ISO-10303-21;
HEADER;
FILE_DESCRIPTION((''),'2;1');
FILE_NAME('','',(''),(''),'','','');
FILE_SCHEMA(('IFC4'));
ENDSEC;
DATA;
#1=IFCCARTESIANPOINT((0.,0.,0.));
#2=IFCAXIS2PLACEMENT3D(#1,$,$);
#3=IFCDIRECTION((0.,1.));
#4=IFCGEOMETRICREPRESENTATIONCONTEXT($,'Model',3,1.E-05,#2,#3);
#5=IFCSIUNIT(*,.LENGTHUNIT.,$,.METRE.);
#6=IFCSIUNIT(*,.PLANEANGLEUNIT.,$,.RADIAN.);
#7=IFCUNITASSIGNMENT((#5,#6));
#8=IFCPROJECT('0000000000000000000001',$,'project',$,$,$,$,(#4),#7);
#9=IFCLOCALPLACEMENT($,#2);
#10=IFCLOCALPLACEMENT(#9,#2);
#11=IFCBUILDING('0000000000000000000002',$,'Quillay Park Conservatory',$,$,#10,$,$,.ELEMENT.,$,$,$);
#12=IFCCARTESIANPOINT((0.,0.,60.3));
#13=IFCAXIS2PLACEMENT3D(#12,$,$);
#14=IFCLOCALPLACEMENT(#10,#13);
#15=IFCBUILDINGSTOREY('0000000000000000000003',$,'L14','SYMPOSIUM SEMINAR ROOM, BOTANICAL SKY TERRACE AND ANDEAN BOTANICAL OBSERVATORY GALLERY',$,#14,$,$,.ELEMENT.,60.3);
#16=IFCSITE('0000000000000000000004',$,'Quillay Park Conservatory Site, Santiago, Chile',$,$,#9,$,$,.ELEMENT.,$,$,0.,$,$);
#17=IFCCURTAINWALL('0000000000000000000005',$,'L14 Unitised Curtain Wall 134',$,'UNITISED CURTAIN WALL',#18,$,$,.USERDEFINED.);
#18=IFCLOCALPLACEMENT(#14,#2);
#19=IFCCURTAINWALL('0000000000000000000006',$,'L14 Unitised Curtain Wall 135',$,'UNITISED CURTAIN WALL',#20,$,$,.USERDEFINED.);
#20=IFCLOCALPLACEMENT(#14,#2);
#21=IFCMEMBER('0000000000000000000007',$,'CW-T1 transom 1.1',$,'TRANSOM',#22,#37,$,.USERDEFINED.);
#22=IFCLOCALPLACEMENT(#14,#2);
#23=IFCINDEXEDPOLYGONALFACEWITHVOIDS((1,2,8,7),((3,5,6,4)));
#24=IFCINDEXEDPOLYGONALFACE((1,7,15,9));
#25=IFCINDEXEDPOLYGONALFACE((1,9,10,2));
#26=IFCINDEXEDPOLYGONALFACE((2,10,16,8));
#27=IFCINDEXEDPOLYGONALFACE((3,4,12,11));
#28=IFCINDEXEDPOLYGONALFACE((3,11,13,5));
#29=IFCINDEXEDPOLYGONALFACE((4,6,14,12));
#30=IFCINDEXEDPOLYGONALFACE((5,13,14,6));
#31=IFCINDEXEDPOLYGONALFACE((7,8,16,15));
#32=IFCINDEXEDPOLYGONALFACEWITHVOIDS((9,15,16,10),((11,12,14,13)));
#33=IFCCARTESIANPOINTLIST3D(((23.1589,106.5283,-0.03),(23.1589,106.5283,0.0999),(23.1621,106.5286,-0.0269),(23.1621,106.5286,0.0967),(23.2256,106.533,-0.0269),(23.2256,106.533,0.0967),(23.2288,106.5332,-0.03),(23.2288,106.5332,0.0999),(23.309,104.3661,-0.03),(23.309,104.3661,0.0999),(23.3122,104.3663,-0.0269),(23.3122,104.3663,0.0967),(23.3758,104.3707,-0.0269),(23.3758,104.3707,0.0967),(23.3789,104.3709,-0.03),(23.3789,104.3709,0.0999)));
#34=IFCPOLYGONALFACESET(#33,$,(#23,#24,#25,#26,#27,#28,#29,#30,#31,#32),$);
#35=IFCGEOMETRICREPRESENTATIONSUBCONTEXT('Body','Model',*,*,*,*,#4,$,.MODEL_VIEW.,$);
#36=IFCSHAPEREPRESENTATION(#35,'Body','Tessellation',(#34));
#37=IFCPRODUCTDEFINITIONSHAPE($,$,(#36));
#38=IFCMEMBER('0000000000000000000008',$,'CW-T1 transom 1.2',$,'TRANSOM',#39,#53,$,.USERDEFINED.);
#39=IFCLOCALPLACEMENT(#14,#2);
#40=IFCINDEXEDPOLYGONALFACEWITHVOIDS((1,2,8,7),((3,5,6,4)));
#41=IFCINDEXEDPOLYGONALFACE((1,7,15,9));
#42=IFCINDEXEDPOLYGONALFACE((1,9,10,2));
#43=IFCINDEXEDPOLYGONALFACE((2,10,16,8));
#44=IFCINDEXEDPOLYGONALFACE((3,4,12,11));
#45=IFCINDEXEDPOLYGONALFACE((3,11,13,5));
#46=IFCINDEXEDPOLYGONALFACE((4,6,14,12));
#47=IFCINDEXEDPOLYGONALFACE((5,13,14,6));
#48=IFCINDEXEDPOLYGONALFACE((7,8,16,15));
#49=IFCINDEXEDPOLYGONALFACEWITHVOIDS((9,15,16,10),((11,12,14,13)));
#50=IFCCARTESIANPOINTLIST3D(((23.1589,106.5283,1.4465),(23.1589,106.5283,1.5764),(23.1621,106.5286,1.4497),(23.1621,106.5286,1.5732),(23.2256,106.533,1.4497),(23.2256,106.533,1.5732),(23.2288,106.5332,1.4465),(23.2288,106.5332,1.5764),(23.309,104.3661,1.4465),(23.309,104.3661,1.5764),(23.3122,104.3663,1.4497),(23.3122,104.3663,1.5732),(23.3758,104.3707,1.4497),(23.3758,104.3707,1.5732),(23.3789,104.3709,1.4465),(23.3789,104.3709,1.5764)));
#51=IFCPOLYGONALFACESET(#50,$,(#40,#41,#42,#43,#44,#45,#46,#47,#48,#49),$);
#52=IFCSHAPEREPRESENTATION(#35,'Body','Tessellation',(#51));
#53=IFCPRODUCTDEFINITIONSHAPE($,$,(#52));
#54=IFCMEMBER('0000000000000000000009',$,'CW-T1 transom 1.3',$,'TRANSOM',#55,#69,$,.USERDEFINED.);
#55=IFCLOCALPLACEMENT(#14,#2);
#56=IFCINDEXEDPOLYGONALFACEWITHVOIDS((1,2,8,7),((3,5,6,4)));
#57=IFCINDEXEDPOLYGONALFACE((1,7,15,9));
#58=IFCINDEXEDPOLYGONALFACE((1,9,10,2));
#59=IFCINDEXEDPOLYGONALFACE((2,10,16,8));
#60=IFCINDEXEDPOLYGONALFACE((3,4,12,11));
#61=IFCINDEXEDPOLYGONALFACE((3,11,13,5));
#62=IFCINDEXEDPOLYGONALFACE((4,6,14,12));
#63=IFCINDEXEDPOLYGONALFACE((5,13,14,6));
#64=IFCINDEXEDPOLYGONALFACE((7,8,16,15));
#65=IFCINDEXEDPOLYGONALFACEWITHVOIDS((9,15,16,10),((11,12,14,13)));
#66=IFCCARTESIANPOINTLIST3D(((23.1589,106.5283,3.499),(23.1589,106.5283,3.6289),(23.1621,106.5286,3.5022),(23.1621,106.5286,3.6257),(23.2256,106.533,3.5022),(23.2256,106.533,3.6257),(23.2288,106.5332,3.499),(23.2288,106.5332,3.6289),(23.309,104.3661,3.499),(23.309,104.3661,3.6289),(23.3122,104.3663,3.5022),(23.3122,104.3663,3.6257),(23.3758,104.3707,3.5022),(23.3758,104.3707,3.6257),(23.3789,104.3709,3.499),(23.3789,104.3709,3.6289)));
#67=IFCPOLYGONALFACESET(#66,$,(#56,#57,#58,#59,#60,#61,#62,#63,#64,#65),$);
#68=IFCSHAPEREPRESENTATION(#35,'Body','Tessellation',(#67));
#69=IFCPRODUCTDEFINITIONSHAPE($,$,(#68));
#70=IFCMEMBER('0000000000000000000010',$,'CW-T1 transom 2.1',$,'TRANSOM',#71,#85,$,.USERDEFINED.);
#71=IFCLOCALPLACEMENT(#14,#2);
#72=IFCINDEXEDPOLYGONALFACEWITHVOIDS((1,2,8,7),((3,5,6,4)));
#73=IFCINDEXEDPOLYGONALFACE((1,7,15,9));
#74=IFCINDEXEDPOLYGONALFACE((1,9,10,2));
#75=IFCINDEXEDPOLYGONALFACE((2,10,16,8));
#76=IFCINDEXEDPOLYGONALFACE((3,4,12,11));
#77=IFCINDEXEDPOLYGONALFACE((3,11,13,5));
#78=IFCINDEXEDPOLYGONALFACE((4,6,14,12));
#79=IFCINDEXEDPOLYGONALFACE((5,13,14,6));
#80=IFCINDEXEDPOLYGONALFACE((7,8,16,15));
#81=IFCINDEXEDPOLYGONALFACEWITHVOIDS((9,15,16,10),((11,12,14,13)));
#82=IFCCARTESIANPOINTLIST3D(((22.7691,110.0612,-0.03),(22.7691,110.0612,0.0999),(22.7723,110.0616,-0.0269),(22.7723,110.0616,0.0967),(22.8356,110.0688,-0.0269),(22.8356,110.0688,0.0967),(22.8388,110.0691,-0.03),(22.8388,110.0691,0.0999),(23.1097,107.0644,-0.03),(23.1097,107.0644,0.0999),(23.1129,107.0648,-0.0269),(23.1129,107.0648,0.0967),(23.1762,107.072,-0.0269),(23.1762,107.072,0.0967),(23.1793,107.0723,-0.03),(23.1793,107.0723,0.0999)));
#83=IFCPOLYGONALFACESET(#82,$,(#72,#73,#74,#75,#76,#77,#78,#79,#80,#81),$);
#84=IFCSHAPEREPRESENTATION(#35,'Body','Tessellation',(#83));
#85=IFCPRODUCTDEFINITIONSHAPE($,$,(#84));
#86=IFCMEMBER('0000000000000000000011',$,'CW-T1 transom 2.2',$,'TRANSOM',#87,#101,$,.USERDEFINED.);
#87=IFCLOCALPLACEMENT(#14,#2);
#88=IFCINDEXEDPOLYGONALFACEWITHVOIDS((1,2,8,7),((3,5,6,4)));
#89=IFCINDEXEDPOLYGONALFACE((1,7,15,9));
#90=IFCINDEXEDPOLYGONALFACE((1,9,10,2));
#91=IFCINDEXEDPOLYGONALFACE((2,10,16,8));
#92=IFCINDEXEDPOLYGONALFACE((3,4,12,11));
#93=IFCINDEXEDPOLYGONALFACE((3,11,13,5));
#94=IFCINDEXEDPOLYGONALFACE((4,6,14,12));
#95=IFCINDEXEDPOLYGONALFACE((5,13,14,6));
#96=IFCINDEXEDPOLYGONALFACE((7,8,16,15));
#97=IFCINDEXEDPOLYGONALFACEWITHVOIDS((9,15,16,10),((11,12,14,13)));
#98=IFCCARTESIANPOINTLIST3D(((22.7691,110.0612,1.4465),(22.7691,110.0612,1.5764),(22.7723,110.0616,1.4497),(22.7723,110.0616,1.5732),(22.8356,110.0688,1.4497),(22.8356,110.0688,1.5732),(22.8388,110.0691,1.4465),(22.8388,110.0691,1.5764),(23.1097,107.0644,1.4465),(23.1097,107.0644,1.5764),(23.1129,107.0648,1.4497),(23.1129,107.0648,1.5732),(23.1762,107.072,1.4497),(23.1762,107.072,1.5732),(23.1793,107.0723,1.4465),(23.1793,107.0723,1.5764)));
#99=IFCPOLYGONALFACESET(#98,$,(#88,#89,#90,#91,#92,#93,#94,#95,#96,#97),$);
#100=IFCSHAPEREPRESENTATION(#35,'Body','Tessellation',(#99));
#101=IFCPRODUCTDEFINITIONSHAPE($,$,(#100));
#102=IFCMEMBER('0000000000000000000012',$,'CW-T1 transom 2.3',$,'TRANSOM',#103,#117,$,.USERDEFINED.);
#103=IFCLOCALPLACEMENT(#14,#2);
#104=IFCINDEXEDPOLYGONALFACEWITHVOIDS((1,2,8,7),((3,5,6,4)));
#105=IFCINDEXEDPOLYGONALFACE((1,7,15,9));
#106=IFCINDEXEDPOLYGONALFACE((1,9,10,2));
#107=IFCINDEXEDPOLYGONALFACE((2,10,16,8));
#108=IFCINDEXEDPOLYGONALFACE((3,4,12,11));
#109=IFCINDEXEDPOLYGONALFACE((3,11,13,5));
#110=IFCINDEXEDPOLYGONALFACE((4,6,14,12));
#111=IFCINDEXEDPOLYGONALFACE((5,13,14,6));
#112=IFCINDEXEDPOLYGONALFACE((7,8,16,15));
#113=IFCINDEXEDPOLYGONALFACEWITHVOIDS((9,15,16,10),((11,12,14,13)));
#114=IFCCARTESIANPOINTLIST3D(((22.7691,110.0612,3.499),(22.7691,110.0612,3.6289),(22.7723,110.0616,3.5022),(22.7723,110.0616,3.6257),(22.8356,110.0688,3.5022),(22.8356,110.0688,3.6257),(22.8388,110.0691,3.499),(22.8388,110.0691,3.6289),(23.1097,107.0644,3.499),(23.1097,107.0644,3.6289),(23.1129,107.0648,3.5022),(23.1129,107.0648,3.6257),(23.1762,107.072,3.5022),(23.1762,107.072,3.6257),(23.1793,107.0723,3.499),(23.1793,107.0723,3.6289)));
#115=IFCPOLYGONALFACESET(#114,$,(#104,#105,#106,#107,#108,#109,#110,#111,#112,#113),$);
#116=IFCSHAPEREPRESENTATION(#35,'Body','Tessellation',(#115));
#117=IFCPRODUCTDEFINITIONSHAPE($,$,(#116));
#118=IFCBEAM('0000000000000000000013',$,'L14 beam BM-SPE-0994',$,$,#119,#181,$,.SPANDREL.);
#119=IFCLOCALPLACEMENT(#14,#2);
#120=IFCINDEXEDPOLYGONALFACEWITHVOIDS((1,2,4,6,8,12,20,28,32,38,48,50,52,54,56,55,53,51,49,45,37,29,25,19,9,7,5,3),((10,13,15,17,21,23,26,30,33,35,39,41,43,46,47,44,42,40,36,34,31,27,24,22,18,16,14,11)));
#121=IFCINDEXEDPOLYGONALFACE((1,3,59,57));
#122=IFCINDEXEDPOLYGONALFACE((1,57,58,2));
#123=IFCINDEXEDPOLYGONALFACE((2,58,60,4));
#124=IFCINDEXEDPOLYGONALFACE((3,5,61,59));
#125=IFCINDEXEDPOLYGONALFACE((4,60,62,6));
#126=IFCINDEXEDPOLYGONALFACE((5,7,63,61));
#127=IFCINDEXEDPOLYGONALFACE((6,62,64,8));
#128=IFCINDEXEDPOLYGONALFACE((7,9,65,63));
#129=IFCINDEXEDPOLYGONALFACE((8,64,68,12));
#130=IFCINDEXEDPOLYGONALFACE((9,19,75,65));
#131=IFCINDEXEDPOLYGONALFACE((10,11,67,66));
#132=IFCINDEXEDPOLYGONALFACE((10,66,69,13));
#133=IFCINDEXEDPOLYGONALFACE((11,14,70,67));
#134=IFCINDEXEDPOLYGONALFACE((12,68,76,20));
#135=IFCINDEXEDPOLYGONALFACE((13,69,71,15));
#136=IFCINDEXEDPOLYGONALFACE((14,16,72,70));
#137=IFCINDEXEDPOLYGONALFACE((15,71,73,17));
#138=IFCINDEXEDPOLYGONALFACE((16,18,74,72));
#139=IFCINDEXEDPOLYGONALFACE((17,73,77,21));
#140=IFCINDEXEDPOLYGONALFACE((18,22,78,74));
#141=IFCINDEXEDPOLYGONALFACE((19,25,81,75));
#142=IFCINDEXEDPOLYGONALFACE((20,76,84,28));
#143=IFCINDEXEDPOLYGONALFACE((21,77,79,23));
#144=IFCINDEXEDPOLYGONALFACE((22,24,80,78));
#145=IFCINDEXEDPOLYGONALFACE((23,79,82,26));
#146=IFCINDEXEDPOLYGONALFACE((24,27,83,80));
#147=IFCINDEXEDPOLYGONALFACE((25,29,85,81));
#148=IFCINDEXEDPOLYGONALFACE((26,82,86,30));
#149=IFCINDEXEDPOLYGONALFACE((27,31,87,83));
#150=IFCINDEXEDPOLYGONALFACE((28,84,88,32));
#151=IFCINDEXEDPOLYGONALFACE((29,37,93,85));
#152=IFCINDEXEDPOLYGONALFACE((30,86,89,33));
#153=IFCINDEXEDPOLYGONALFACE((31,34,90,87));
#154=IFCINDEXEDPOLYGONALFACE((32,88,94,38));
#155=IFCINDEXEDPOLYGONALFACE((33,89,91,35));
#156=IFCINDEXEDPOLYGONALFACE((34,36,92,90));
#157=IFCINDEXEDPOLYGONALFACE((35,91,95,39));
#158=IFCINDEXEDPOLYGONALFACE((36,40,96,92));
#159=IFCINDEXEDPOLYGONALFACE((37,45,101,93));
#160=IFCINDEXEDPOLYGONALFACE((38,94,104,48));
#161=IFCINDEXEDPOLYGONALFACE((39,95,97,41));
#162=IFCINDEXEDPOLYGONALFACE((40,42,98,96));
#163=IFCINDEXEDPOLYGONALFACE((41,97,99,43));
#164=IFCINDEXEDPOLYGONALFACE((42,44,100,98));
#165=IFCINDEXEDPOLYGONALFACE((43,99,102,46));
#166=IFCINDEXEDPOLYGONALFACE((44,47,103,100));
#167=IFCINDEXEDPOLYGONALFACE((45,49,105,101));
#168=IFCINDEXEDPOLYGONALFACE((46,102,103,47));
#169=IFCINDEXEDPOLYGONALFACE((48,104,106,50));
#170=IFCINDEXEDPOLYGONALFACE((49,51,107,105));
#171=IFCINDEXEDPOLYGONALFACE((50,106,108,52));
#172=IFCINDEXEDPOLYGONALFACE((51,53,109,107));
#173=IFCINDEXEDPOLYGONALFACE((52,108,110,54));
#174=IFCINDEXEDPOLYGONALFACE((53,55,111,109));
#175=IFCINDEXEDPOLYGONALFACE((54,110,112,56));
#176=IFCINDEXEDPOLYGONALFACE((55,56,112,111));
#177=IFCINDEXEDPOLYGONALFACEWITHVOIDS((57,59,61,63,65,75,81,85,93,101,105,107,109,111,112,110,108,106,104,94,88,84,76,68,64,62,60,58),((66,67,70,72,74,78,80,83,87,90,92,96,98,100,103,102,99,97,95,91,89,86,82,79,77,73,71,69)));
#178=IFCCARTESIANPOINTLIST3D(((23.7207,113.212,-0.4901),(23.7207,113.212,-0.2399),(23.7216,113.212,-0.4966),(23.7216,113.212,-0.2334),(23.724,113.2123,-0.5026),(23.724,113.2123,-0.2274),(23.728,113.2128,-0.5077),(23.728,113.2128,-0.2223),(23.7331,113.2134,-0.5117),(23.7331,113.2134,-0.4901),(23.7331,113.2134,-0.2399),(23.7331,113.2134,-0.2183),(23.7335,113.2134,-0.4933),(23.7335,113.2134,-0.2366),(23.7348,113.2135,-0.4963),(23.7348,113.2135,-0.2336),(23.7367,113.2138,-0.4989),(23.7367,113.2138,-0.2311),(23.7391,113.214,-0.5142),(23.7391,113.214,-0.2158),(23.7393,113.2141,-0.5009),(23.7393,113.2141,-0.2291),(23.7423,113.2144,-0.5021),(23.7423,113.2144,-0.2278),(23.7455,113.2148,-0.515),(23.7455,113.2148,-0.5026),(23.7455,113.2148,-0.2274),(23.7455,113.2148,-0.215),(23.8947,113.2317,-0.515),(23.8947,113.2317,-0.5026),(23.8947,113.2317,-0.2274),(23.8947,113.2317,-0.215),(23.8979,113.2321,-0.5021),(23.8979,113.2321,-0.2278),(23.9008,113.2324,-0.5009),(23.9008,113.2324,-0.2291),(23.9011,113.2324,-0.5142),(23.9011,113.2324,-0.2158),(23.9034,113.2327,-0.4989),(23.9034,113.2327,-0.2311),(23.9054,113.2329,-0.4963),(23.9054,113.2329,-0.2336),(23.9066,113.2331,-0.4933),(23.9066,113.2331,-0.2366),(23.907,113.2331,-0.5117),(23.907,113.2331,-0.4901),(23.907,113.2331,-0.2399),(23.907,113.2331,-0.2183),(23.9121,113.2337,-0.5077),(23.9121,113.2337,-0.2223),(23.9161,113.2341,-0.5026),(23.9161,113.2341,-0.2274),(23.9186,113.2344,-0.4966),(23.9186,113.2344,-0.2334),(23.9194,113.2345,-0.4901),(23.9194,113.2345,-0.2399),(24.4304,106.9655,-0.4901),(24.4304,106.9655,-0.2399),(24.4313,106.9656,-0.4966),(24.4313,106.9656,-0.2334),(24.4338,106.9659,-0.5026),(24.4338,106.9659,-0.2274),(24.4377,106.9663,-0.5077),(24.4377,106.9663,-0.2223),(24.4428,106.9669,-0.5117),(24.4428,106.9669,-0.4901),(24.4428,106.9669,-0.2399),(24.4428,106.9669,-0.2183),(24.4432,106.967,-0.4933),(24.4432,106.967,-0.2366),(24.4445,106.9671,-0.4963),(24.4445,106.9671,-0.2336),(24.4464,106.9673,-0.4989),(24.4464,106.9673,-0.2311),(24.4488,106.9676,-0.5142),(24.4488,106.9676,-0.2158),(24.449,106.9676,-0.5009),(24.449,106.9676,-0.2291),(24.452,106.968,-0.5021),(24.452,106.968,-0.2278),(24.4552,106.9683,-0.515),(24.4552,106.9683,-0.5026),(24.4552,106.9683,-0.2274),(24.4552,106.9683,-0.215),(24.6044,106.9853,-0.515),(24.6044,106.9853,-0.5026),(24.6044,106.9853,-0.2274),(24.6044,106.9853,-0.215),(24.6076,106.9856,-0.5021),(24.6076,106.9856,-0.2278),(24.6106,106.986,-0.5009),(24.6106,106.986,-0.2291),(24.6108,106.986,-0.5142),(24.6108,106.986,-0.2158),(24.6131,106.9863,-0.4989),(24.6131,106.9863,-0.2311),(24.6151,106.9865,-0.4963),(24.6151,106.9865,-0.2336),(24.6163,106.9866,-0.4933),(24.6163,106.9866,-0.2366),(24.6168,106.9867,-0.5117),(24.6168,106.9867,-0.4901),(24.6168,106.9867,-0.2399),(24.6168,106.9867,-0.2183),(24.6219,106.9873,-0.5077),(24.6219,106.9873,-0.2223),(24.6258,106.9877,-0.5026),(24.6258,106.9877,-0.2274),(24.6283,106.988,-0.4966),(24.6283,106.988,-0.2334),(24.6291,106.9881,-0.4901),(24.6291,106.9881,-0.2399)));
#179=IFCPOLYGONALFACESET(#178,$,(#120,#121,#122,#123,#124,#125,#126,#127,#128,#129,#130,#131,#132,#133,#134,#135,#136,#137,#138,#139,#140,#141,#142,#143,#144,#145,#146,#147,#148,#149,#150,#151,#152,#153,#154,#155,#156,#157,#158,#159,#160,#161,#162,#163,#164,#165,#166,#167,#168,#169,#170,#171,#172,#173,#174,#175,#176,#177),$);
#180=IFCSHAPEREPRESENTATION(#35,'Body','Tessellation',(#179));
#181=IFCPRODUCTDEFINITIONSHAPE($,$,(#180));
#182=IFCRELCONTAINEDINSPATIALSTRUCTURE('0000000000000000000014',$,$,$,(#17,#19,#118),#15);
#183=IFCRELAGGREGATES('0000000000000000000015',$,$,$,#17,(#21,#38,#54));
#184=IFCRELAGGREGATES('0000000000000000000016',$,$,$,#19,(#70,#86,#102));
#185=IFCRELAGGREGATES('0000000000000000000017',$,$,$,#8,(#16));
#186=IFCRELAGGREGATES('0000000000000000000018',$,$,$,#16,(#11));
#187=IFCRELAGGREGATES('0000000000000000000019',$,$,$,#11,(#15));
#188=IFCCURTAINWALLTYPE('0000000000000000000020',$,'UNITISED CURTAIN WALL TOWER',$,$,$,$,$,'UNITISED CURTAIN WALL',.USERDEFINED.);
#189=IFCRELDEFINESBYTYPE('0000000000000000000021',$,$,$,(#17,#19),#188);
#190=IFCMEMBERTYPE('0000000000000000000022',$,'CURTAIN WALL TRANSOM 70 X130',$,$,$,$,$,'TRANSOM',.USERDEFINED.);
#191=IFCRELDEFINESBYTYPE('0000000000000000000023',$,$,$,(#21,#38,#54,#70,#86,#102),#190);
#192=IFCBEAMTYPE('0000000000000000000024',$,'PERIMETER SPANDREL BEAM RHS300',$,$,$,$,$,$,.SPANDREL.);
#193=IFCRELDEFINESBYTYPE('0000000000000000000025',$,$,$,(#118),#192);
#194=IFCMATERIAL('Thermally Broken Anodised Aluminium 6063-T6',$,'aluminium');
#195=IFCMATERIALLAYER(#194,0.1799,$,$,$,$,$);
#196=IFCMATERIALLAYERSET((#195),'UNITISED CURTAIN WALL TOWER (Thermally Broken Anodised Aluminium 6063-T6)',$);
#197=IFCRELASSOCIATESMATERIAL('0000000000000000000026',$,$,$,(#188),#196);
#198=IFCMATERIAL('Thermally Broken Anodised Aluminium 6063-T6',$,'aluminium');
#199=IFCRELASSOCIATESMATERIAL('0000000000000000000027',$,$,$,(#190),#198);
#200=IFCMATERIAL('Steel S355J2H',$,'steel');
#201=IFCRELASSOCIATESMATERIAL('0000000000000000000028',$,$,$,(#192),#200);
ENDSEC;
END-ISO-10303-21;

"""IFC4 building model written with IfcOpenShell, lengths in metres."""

from ifc_helpers import new_model, si_unit, direction, frame, origin, origin_2d, place, context, subcontext, project, spatial, hollow_rectangle, extrude, material, layer, layer_set, material_profile, profile_set, type_object, element, aggregate, save


model = new_model("IFC4")

# Units and contexts
model_context = context("Model", 3, precision=1e-05, world=origin(), true_north=direction((0.0, 1.0)))
body_context = subcontext(model_context, "Body", "Model", "MODEL_VIEW")
ifc_project = project(units=[si_unit("LENGTHUNIT", "METRE"), si_unit("PLANEANGLEUNIT", "RADIAN")], contexts=[model_context])

# Site, building, storey
site_placement = place(None, origin())
site = spatial("IfcSite", under=ifc_project, at=site_placement, Name="Quillay Park Conservatory Site, Santiago, Chile", CompositionType="ELEMENT", RefElevation=0.0)
building_placement = place(site_placement, origin())
building = spatial("IfcBuilding", under=site, at=building_placement, Name="Quillay Park Conservatory", CompositionType="ELEMENT")
storey_placement = place(building_placement, frame((0.0, 0.0, 60.3)))
storey = spatial("IfcBuildingStorey", under=building, at=storey_placement, Name="L14", Description="SYMPOSIUM SEMINAR ROOM, BOTANICAL SKY TERRACE AND ANDEAN BOTANICAL OBSERVATORY GALLERY", CompositionType="ELEMENT", Elevation=60.3)

# Curtain walls
ifc_material_1 = material(Name="Thermally Broken Anodised Aluminium 6063-T6", Category="aluminium")
ifc_layer_1 = layer(ifc_material_1, 0.1799)
ifc_layer_set_1 = layer_set([ifc_layer_1], Name="UNITISED CURTAIN WALL TOWER (Thermally Broken Anodised Aluminium 6063-T6)")
curtain_wall_type = type_object("IfcCurtainWallType", Name="UNITISED CURTAIN WALL TOWER", ElementType="UNITISED CURTAIN WALL", PredefinedType="USERDEFINED", material=ifc_layer_set_1)
curtain_wall_1_placement = place(storey_placement, origin())
curtain_wall_1 = element("IfcCurtainWall", 1, at=curtain_wall_1_placement, inside=storey, type_object=curtain_wall_type, Name="L14 Unitised Curtain Wall 134", ObjectType="UNITISED CURTAIN WALL", PredefinedType="USERDEFINED")
curtain_wall_2_placement = place(storey_placement, origin())
curtain_wall_2 = element("IfcCurtainWall", 2, at=curtain_wall_2_placement, inside=storey, type_object=curtain_wall_type, Name="L14 Unitised Curtain Wall 135", ObjectType="UNITISED CURTAIN WALL", PredefinedType="USERDEFINED")

# Members
ifc_material_2 = material(Name="Thermally Broken Anodised Aluminium 6063-T6", Category="aluminium")
ifc_material_profile_1 = material_profile(ifc_material_2, hollow_rectangle(XDim=0.0701, YDim=0.1299, WallThickness=0.0032, at=origin_2d()), Name="AL70x130x3.2")
ifc_profile_set_1 = profile_set([ifc_material_profile_1], Name="Thermally Broken Anodised Aluminium 6063-T6")
member_type_1 = type_object("IfcMemberType", Name="CURTAIN WALL TRANSOM 70 X130", ElementType="TRANSOM", PredefinedType="USERDEFINED", material=ifc_profile_set_1)
member_1_placement = place(storey_placement, frame((23.1938, 106.5308, 0.0349), z_axis=(0.06927, -0.997598, 0.0), x_axis=(0.997598, 0.06927, 0.0)))
member_1 = element("IfcMember", 3, at=member_1_placement, type_object=member_type_1, Name="CW-T1 transom 1.1", ObjectType="TRANSOM", PredefinedType="USERDEFINED", context=body_context, shape_type="SweptSolid", body=[
    extrude(hollow_rectangle(XDim=0.0701, YDim=0.1299, WallThickness=0.0032, at=origin_2d()), origin(), (0.0, 0.0, 1.0), 2.1675),
])
member_2_placement = place(storey_placement, frame((23.1938, 106.5308, 1.5115), z_axis=(0.06927, -0.997598, 0.0), x_axis=(0.997598, 0.06927, 0.0)))
member_2 = element("IfcMember", 4, at=member_2_placement, type_object=member_type_1, Name="CW-T1 transom 1.2", ObjectType="TRANSOM", PredefinedType="USERDEFINED", context=body_context, shape_type="SweptSolid", body=[
    extrude(hollow_rectangle(XDim=0.0701, YDim=0.1299, WallThickness=0.0032, at=origin_2d()), origin(), (0.0, 0.0, 1.0), 2.1675),
])
member_3_placement = place(storey_placement, frame((23.1938, 106.5308, 3.564), z_axis=(0.06927, -0.997598, 0.0), x_axis=(0.997598, 0.06927, 0.0)))
member_3 = element("IfcMember", 5, at=member_3_placement, type_object=member_type_1, Name="CW-T1 transom 1.3", ObjectType="TRANSOM", PredefinedType="USERDEFINED", context=body_context, shape_type="SweptSolid", body=[
    extrude(hollow_rectangle(XDim=0.0701, YDim=0.1299, WallThickness=0.0032, at=origin_2d()), origin(), (0.0, 0.0, 1.0), 2.1675),
])
member_4_placement = place(storey_placement, frame((22.804, 110.0652, 0.0349), z_axis=(0.112919, -0.993604, 0.0), x_axis=(0.993604, 0.112919, 0.0)))
member_4 = element("IfcMember", 6, at=member_4_placement, type_object=member_type_1, Name="CW-T1 transom 2.1", ObjectType="TRANSOM", PredefinedType="USERDEFINED", context=body_context, shape_type="SweptSolid", body=[
    extrude(hollow_rectangle(XDim=0.0701, YDim=0.1299, WallThickness=0.0032, at=origin_2d()), origin(), (0.0, 0.0, 1.0), 3.0161),
])
member_5_placement = place(storey_placement, frame((22.804, 110.0652, 1.5115), z_axis=(0.112919, -0.993604, 0.0), x_axis=(0.993604, 0.112919, 0.0)))
member_5 = element("IfcMember", 7, at=member_5_placement, type_object=member_type_1, Name="CW-T1 transom 2.2", ObjectType="TRANSOM", PredefinedType="USERDEFINED", context=body_context, shape_type="SweptSolid", body=[
    extrude(hollow_rectangle(XDim=0.0701, YDim=0.1299, WallThickness=0.0032, at=origin_2d()), origin(), (0.0, 0.0, 1.0), 3.0161),
])
member_6_placement = place(storey_placement, frame((22.804, 110.0652, 3.564), z_axis=(0.112919, -0.993604, 0.0), x_axis=(0.993604, 0.112919, 0.0)))
member_6 = element("IfcMember", 8, at=member_6_placement, type_object=member_type_1, Name="CW-T1 transom 2.3", ObjectType="TRANSOM", PredefinedType="USERDEFINED", context=body_context, shape_type="SweptSolid", body=[
    extrude(hollow_rectangle(XDim=0.0701, YDim=0.1299, WallThickness=0.0032, at=origin_2d()), origin(), (0.0, 0.0, 1.0), 3.0161),
])

# Beam
ifc_material_3 = material(Name="Steel S355J2H", Category="steel")
ifc_material_profile_2 = material_profile(ifc_material_3, hollow_rectangle(XDim=0.2, YDim=0.3, WallThickness=0.0125, InnerFilletRadius=0.0125, OuterFilletRadius=0.0249, at=origin_2d()), Name="RHS300x200x12.5")
ifc_profile_set_2 = profile_set([ifc_material_profile_2], Name="Steel S355J2H")
beam_type_1 = type_object("IfcBeamType", Name="PERIMETER SPANDREL BEAM RHS300", PredefinedType="SPANDREL", material=ifc_profile_set_2)
beam_1_placement = place(storey_placement, frame((24.5298, 106.9768, -0.365), z_axis=(-0.112895, 0.993607, 0.0), x_axis=(-0.993607, -0.112895, 0.0)))
element("IfcBeam", 9, at=beam_1_placement, inside=storey, type_object=beam_type_1, Name="L14 beam BM-SPE-0994", PredefinedType="SPANDREL", context=body_context, shape_type="SweptSolid", body=[
    extrude(hollow_rectangle(XDim=0.2, YDim=0.3, WallThickness=0.0125, InnerFilletRadius=0.0125, OuterFilletRadius=0.0249, at=origin_2d()), origin(), (0.0, 0.0, 1.0), 6.2866),
])

aggregate(curtain_wall_1, [member_1, member_2, member_3])
aggregate(curtain_wall_2, [member_4, member_5, member_6])

save(model, "model.ifc")
